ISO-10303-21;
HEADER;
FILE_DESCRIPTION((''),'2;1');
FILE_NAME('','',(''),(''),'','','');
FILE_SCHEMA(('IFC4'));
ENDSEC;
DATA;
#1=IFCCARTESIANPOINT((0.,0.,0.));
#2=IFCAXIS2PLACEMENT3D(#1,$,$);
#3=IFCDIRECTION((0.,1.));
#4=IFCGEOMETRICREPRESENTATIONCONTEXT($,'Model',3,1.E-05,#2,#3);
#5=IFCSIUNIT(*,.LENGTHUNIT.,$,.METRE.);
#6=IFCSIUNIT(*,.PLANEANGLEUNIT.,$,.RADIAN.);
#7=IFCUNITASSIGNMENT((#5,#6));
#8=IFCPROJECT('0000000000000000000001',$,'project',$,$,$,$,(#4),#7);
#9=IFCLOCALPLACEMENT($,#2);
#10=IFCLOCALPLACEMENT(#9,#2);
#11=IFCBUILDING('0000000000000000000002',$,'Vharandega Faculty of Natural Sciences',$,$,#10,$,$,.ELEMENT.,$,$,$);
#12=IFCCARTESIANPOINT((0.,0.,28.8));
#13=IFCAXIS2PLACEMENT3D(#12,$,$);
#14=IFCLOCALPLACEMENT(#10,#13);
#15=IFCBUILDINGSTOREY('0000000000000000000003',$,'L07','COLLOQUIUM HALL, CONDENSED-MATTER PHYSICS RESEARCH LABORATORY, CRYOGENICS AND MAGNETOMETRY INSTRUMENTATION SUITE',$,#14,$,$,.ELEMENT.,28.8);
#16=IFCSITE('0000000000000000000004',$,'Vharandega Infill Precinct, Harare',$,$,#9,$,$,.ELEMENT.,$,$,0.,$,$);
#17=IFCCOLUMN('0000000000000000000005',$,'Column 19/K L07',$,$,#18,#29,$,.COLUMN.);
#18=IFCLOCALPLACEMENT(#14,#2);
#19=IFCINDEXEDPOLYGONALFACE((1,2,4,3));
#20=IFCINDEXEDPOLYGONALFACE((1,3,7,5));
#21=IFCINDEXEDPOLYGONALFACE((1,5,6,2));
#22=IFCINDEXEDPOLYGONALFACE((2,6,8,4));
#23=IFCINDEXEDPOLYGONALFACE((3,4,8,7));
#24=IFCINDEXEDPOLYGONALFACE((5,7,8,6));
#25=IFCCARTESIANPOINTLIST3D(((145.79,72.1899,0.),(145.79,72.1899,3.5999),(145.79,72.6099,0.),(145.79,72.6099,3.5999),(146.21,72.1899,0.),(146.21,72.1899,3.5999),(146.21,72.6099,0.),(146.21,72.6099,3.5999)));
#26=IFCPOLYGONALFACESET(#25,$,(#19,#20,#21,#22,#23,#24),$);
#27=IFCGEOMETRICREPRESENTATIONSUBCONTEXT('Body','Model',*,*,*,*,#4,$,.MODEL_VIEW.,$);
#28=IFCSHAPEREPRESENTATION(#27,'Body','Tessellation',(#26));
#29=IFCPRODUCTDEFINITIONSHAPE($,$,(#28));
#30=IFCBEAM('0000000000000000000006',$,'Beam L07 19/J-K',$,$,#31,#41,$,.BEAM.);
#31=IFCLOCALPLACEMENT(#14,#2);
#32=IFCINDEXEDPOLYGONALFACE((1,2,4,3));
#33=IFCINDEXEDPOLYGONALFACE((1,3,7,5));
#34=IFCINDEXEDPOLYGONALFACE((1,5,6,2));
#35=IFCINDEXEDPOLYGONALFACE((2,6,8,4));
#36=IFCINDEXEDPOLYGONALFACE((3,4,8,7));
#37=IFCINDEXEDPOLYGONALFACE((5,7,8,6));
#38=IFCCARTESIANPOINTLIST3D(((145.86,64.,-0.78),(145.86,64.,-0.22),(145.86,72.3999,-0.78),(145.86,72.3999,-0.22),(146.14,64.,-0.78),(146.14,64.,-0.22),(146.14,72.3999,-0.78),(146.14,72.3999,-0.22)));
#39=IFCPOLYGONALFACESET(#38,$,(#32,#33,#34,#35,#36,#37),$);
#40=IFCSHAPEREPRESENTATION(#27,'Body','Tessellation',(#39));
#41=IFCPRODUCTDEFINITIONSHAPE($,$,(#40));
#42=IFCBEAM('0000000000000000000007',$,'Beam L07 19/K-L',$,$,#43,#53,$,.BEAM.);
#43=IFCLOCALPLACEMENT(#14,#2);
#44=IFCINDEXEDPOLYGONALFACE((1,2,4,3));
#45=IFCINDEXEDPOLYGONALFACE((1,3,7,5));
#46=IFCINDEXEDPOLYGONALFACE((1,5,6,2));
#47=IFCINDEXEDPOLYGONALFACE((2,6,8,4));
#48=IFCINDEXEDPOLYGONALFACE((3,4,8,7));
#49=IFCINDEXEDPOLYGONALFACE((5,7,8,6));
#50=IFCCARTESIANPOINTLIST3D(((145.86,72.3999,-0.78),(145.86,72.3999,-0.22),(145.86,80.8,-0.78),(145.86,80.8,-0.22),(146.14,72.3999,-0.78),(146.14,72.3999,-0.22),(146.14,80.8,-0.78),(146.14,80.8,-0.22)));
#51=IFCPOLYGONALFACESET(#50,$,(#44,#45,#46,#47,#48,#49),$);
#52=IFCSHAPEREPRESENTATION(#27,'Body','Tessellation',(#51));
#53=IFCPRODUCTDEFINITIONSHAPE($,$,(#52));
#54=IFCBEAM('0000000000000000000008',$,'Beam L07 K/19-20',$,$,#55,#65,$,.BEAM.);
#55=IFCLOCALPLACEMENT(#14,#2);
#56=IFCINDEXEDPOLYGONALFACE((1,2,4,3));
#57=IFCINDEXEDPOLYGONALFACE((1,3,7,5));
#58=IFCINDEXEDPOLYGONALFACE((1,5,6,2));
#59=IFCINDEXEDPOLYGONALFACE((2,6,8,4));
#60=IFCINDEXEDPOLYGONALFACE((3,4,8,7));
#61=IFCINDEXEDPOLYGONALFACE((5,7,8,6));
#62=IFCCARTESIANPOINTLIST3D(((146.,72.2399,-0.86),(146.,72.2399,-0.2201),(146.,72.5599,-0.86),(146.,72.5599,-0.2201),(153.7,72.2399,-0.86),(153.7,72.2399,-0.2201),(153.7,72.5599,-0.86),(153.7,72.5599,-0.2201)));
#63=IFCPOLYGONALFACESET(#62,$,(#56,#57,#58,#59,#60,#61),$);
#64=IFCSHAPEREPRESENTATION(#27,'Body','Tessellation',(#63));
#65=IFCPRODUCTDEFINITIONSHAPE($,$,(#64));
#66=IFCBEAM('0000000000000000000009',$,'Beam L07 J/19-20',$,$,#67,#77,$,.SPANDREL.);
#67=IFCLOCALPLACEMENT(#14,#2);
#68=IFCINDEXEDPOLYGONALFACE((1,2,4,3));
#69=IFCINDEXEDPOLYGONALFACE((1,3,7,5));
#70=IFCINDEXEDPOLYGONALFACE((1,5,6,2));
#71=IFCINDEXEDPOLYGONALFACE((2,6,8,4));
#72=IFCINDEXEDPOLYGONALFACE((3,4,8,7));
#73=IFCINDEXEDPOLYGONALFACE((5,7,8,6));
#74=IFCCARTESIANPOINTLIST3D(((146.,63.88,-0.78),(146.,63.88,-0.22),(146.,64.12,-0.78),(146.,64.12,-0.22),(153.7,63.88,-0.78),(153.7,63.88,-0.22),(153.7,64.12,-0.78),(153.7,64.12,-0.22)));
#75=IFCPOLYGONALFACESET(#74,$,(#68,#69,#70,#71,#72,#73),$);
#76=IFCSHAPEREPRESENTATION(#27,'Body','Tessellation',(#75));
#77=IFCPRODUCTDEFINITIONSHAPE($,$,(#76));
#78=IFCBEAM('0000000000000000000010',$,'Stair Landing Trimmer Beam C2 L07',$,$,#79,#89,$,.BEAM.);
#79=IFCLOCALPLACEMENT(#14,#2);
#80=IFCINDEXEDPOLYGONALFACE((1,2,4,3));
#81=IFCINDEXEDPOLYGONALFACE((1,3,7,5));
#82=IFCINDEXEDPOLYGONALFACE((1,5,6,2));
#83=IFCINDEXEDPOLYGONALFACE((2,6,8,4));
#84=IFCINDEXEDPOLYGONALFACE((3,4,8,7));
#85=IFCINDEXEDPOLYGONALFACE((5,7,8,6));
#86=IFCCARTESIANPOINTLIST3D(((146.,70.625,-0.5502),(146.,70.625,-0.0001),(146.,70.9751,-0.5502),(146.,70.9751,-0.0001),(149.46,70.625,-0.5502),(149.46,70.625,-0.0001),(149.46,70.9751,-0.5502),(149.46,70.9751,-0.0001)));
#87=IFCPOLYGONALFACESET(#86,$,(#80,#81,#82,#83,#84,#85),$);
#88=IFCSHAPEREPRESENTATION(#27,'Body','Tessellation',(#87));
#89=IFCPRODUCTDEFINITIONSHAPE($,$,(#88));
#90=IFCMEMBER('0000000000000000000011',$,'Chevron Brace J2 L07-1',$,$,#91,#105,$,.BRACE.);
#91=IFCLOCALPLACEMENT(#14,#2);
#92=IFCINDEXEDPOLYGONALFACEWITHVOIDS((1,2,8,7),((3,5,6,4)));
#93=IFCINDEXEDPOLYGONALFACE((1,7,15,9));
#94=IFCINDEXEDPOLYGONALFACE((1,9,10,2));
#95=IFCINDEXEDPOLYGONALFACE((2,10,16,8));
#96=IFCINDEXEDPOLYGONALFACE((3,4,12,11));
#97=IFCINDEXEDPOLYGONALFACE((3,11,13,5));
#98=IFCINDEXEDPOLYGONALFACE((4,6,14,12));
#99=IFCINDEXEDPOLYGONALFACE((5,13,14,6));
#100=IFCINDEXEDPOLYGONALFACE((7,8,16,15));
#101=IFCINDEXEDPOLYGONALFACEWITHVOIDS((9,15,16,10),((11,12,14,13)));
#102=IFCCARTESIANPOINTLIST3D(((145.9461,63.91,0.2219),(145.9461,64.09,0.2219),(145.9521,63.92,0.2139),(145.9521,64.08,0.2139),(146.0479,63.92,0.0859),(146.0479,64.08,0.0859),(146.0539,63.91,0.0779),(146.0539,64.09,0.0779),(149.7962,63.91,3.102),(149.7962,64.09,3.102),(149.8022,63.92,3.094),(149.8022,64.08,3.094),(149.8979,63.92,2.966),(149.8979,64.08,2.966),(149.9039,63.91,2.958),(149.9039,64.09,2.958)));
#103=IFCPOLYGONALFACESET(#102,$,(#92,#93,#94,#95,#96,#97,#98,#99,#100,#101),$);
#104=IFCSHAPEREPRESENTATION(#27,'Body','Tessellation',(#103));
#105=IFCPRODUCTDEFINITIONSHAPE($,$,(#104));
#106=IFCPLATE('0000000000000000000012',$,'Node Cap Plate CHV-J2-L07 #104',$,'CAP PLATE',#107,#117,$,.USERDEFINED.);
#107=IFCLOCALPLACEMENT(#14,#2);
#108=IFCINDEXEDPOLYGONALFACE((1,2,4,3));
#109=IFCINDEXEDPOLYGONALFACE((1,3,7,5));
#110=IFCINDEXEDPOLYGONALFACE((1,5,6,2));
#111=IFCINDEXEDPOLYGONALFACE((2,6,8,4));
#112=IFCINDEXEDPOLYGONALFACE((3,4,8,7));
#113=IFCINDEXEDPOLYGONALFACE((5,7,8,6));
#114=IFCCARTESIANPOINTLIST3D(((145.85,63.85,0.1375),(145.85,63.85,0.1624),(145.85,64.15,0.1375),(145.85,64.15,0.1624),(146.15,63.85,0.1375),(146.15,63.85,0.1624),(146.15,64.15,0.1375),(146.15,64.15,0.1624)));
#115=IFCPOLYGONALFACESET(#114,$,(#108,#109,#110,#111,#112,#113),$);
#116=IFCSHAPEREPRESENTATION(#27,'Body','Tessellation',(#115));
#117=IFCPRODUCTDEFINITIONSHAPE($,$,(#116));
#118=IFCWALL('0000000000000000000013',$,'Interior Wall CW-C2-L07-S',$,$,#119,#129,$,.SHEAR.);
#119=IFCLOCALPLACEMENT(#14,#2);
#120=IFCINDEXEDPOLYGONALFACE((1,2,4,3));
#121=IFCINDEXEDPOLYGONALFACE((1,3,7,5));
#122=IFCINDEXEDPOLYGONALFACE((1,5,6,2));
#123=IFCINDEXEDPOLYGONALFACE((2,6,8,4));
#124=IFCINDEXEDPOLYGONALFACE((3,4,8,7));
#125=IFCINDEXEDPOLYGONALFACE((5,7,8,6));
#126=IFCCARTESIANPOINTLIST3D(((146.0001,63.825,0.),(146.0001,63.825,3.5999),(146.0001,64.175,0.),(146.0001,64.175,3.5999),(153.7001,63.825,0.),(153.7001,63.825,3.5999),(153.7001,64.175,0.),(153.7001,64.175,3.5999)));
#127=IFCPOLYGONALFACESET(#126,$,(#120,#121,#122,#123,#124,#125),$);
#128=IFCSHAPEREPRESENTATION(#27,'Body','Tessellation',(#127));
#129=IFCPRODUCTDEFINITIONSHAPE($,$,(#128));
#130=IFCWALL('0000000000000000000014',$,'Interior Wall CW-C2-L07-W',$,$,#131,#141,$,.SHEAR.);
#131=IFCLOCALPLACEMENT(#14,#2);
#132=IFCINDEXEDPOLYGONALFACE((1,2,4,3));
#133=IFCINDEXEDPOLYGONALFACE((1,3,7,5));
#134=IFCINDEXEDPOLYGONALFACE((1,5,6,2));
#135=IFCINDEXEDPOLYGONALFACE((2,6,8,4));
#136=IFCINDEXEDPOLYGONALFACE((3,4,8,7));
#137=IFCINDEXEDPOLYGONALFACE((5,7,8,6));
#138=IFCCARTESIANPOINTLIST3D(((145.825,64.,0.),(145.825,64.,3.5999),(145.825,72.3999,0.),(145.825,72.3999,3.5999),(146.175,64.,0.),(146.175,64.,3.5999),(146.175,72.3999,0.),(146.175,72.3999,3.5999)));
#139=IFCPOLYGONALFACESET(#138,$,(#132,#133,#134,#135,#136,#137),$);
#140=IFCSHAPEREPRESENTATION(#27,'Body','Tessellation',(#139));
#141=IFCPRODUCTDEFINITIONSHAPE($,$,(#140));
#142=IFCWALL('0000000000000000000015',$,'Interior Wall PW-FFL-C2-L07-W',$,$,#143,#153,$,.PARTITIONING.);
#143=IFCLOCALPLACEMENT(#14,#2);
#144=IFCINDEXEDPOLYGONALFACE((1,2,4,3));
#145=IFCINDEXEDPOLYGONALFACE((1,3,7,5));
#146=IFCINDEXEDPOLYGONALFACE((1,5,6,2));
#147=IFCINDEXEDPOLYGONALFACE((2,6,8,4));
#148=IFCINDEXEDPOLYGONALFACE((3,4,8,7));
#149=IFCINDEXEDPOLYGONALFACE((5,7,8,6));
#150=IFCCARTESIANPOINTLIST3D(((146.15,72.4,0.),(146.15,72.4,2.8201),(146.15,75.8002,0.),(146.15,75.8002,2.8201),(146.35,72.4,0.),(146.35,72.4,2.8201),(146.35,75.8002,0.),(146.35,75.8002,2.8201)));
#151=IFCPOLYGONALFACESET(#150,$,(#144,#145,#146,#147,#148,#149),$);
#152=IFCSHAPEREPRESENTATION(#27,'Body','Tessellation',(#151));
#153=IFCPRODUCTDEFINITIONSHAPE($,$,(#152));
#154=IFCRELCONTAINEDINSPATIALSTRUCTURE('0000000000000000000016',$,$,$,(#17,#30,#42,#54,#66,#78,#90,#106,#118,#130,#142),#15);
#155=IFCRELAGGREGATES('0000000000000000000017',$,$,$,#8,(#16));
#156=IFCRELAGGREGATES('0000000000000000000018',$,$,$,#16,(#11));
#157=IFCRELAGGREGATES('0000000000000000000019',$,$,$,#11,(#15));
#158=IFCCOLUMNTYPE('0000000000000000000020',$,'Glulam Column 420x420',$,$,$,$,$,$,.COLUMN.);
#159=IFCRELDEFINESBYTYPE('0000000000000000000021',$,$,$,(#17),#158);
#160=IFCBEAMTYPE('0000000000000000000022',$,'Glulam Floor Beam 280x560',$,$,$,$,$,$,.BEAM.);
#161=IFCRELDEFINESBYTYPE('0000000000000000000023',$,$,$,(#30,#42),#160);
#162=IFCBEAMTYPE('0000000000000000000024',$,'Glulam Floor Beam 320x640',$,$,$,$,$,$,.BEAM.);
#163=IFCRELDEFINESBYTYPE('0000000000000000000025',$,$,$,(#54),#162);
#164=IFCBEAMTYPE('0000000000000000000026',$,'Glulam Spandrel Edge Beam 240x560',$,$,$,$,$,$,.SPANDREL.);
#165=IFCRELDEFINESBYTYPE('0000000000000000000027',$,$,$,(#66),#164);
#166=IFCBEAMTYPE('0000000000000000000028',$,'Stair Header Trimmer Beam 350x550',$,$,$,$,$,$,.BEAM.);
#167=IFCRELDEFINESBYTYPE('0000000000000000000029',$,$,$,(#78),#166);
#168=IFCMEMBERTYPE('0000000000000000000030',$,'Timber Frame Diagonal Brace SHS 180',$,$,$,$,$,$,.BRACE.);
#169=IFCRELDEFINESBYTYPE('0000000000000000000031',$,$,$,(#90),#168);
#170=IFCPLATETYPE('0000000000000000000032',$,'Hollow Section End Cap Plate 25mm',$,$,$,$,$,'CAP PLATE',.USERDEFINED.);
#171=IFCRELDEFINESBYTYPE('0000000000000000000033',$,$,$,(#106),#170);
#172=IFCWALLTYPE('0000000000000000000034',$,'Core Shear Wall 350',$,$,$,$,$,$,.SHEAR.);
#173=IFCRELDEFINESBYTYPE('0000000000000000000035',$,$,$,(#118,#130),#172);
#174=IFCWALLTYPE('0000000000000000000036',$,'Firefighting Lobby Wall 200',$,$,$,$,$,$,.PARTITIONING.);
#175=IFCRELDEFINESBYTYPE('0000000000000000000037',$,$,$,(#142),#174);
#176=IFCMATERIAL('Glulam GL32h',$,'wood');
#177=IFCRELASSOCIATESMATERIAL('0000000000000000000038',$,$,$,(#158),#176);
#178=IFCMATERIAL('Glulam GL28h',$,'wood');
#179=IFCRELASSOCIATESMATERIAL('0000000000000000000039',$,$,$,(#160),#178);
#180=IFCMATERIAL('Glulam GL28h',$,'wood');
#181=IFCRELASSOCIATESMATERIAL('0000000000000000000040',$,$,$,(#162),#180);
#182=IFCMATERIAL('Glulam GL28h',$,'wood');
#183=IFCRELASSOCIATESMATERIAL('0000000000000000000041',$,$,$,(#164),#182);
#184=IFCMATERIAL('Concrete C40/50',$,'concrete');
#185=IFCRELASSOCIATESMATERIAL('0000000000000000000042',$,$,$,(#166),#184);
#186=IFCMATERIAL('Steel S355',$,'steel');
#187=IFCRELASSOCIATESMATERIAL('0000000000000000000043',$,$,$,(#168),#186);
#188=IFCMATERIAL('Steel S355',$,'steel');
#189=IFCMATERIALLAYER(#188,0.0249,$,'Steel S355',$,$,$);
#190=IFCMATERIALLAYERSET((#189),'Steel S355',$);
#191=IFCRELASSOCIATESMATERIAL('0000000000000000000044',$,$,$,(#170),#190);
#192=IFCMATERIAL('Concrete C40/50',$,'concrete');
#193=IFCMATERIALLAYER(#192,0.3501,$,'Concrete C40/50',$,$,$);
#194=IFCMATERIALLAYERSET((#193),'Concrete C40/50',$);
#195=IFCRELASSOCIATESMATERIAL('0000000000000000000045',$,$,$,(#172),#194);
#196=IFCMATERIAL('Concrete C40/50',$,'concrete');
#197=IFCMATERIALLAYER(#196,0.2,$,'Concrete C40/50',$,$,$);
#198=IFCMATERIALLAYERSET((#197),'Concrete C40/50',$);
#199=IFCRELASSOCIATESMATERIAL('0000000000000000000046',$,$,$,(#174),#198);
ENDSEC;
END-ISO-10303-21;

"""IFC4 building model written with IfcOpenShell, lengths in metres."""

from ifc_helpers import new_model, si_unit, direction, frame, frame_2d, origin, origin_2d, place, context, subcontext, project, spatial, rectangle, hollow_rectangle, extrude, material, layer, layer_set, material_profile, profile_set, type_object, element, save


model = new_model("IFC4")

# Units and contexts
model_context = context("Model", 3, precision=1e-05, world=origin(), true_north=direction((0.0, 1.0)))
body_context = subcontext(model_context, "Body", "Model", "MODEL_VIEW")
ifc_project = project(units=[si_unit("LENGTHUNIT", "METRE"), si_unit("PLANEANGLEUNIT", "RADIAN")], contexts=[model_context])

# Site, building, storey
site_placement = place(None, origin())
site = spatial("IfcSite", under=ifc_project, at=site_placement, Name="Vharandega Infill Precinct, Harare", CompositionType="ELEMENT", RefElevation=0.0)
building_placement = place(site_placement, origin())
building = spatial("IfcBuilding", under=site, at=building_placement, Name="Vharandega Faculty of Natural Sciences", CompositionType="ELEMENT")
storey_placement = place(building_placement, frame((0.0, 0.0, 28.8)))
storey = spatial("IfcBuildingStorey", under=building, at=storey_placement, Name="L07", Description="COLLOQUIUM HALL, CONDENSED-MATTER PHYSICS RESEARCH LABORATORY, CRYOGENICS AND MAGNETOMETRY INSTRUMENTATION SUITE", CompositionType="ELEMENT", Elevation=28.8)

# Column
ifc_material_1 = material(Name="Glulam GL32h", Category="wood")
ifc_material_profile_1 = material_profile(ifc_material_1, rectangle(XDim=0.4199, YDim=0.4199, at=origin_2d()), Name="GL32h 420x420")
ifc_profile_set_1 = profile_set([ifc_material_profile_1], Name="Glulam GL32h")
column_type = type_object("IfcColumnType", Name="Glulam Column 420x420", PredefinedType="COLUMN", material=ifc_profile_set_1)
column_placement = place(storey_placement, frame((146.0, 72.3999, 0.0), z_axis=(0.0, 0.0, 1.0), x_axis=(1.0, 0.0, 0.0)))
element("IfcColumn", 1, at=column_placement, inside=storey, type_object=column_type, Name="Column 19/K L07", PredefinedType="COLUMN", context=body_context, shape_type="SweptSolid", body=[
    extrude(rectangle(XDim=0.4199, YDim=0.4199, at=origin_2d()), origin(), (0.0, 0.0, 1.0), 3.5999),
])

# Beams
ifc_material_2 = material(Name="Glulam GL28h", Category="wood")
ifc_material_profile_2 = material_profile(ifc_material_2, rectangle(XDim=0.28, YDim=0.5601, at=origin_2d()), Name="GL28h 280x560")
ifc_profile_set_2 = profile_set([ifc_material_profile_2], Name="Glulam GL28h")
beam_type_1 = type_object("IfcBeamType", Name="Glulam Floor Beam 280x560", PredefinedType="BEAM", material=ifc_profile_set_2)
beam_1_placement = place(storey_placement, frame((146.0, 64.0, -0.5), z_axis=(0.0, 1.0, 0.0), x_axis=(-1.0, 0.0, 0.0)))
element("IfcBeam", 2, at=beam_1_placement, inside=storey, type_object=beam_type_1, Name="Beam L07 19/J-K", PredefinedType="BEAM", context=body_context, shape_type="SweptSolid", body=[
    extrude(rectangle(XDim=0.28, YDim=0.5601, at=origin_2d()), origin(), (0.0, 0.0, 1.0), 8.3999),
])
beam_2_placement = place(storey_placement, frame((146.0, 72.3999, -0.5), z_axis=(0.0, 1.0, 0.0), x_axis=(-1.0, 0.0, 0.0)))
element("IfcBeam", 3, at=beam_2_placement, inside=storey, type_object=beam_type_1, Name="Beam L07 19/K-L", PredefinedType="BEAM", context=body_context, shape_type="SweptSolid", body=[
    extrude(rectangle(XDim=0.28, YDim=0.5601, at=origin_2d()), origin(), (0.0, 0.0, 1.0), 8.4001),
])
ifc_material_3 = material(Name="Glulam GL28h", Category="wood")
ifc_material_profile_3 = material_profile(ifc_material_3, rectangle(XDim=0.3201, YDim=0.6399, at=origin_2d()), Name="GL28h 320x640")
ifc_profile_set_3 = profile_set([ifc_material_profile_3], Name="Glulam GL28h")
beam_type_2 = type_object("IfcBeamType", Name="Glulam Floor Beam 320x640", PredefinedType="BEAM", material=ifc_profile_set_3)
beam_3_placement = place(storey_placement, frame((146.0, 72.3999, -0.54), z_axis=(1.0, 0.0, 0.0), x_axis=(0.0, 1.0, 0.0)))
element("IfcBeam", 4, at=beam_3_placement, inside=storey, type_object=beam_type_2, Name="Beam L07 K/19-20", PredefinedType="BEAM", context=body_context, shape_type="SweptSolid", body=[
    extrude(rectangle(XDim=0.3201, YDim=0.6399, at=origin_2d()), origin(), (0.0, 0.0, 1.0), 7.7),
])
ifc_material_4 = material(Name="Glulam GL28h", Category="wood")
ifc_material_profile_4 = material_profile(ifc_material_4, rectangle(XDim=0.24, YDim=0.5601, at=origin_2d()), Name="GL28h 240x560")
ifc_profile_set_4 = profile_set([ifc_material_profile_4], Name="Glulam GL28h")
beam_type_3 = type_object("IfcBeamType", Name="Glulam Spandrel Edge Beam 240x560", PredefinedType="SPANDREL", material=ifc_profile_set_4)
beam_4_placement = place(storey_placement, frame((146.0, 64.0, -0.5), z_axis=(1.0, 0.0, 0.0), x_axis=(0.0, 1.0, 0.0)))
element("IfcBeam", 5, at=beam_4_placement, inside=storey, type_object=beam_type_3, Name="Beam L07 J/19-20", PredefinedType="SPANDREL", context=body_context, shape_type="SweptSolid", body=[
    extrude(rectangle(XDim=0.24, YDim=0.5601, at=origin_2d()), origin(), (0.0, 0.0, 1.0), 7.7),
])
ifc_material_5 = material(Name="Concrete C40/50", Category="concrete")
ifc_material_profile_5 = material_profile(ifc_material_5, rectangle(XDim=0.3501, YDim=0.55, at=origin_2d()), Name="RC 350x550")
ifc_profile_set_5 = profile_set([ifc_material_profile_5], Name="Concrete C40/50")
beam_type_4 = type_object("IfcBeamType", Name="Stair Header Trimmer Beam 350x550", PredefinedType="BEAM", material=ifc_profile_set_5)
beam_5_placement = place(storey_placement, frame((146.0, 70.8, -0.2751), z_axis=(1.0, 0.0, 0.0), x_axis=(0.0, 1.0, 0.0)))
element("IfcBeam", 6, at=beam_5_placement, inside=storey, type_object=beam_type_4, Name="Stair Landing Trimmer Beam C2 L07", PredefinedType="BEAM", context=body_context, shape_type="SweptSolid", body=[
    extrude(rectangle(XDim=0.3501, YDim=0.55, at=origin_2d()), origin(), (0.0, 0.0, 1.0), 3.46),
])

# Member
ifc_material_6 = material(Name="Steel S355", Category="steel")
ifc_material_profile_6 = material_profile(ifc_material_6, hollow_rectangle(XDim=0.1799, YDim=0.1799, WallThickness=0.01, at=origin_2d()), Name="SHS 180x180x10")
ifc_profile_set_6 = profile_set([ifc_material_profile_6], Name="Steel S355")
member_type = type_object("IfcMemberType", Name="Timber Frame Diagonal Brace SHS 180", PredefinedType="BRACE", material=ifc_profile_set_6)
member_placement = place(storey_placement, frame((146.0, 64.0, 0.1499), z_axis=(0.800743, 0.0, 0.599008), x_axis=(0.0, 1.0, 0.0)))
element("IfcMember", 7, at=member_placement, inside=storey, type_object=member_type, Name="Chevron Brace J2 L07-1", PredefinedType="BRACE", context=body_context, shape_type="SweptSolid", body=[
    extrude(hollow_rectangle(XDim=0.1799, YDim=0.1799, WallThickness=0.01, at=origin_2d()), origin(), (0.0, 0.0, 1.0), 4.8081),
])

# Plate
ifc_material_7 = material(Name="Steel S355", Category="steel")
ifc_layer_1 = layer(ifc_material_7, 0.0249, Name="Steel S355")
ifc_layer_set_1 = layer_set([ifc_layer_1], Name="Steel S355")
plate_type = type_object("IfcPlateType", Name="Hollow Section End Cap Plate 25mm", ElementType="CAP PLATE", PredefinedType="USERDEFINED", material=ifc_layer_set_1)
plate_placement = place(storey_placement, frame((146.0, 64.0, 0.1375), z_axis=(0.0, 0.0, 1.0), x_axis=(1.0, 0.0, 0.0)))
element("IfcPlate", 8, at=plate_placement, inside=storey, type_object=plate_type, Name="Node Cap Plate CHV-J2-L07 #104", ObjectType="CAP PLATE", PredefinedType="USERDEFINED", context=body_context, shape_type="SweptSolid", body=[
    extrude(rectangle(XDim=0.3, YDim=0.3, at=origin_2d()), origin(), (0.0, 0.0, 1.0), 0.0249),
])

# Walls
ifc_material_8 = material(Name="Concrete C40/50", Category="concrete")
ifc_layer_2 = layer(ifc_material_8, 0.3501, Name="Concrete C40/50")
ifc_layer_set_2 = layer_set([ifc_layer_2], Name="Concrete C40/50")
wall_type_1 = type_object("IfcWallType", Name="Core Shear Wall 350", PredefinedType="SHEAR", material=ifc_layer_set_2)
wall_1_placement = place(storey_placement, frame((146.0, 64.0, 0.0), z_axis=(0.0, 0.0, 1.0), x_axis=(1.0, 0.0, 0.0)))
element("IfcWall", 9, at=wall_1_placement, inside=storey, type_object=wall_type_1, Name="Interior Wall CW-C2-L07-S", PredefinedType="SHEAR", context=body_context, shape_type="SweptSolid", body=[
    extrude(rectangle(XDim=7.7, YDim=0.3501, at=frame_2d((3.8501, 0.0))), origin(), (0.0, 0.0, 1.0), 3.5999),
])
wall_2_placement = place(storey_placement, frame((146.0, 64.0, 0.0), z_axis=(0.0, 0.0, 1.0), x_axis=(0.0, 1.0, 0.0)))
element("IfcWall", 10, at=wall_2_placement, inside=storey, type_object=wall_type_1, Name="Interior Wall CW-C2-L07-W", PredefinedType="SHEAR", context=body_context, shape_type="SweptSolid", body=[
    extrude(rectangle(XDim=8.3999, YDim=0.3501, at=frame_2d((4.2, 0.0))), origin(), (0.0, 0.0, 1.0), 3.5999),
])

# Wall
ifc_material_9 = material(Name="Concrete C40/50", Category="concrete")
ifc_layer_3 = layer(ifc_material_9, 0.2, Name="Concrete C40/50")
ifc_layer_set_3 = layer_set([ifc_layer_3], Name="Concrete C40/50")
wall_type_2 = type_object("IfcWallType", Name="Firefighting Lobby Wall 200", PredefinedType="PARTITIONING", material=ifc_layer_set_3)
wall_3_placement = place(storey_placement, frame((146.25, 72.3999, 0.0), z_axis=(0.0, 0.0, 1.0), x_axis=(0.0, 1.0, 0.0)))
element("IfcWall", 11, at=wall_3_placement, inside=storey, type_object=wall_type_2, Name="Interior Wall PW-FFL-C2-L07-W", PredefinedType="PARTITIONING", context=body_context, shape_type="SweptSolid", body=[
    extrude(rectangle(XDim=3.4001, YDim=0.2, at=frame_2d((1.7002, 0.0))), origin(), (0.0, 0.0, 1.0), 2.8201),
])

save(model, "model.ifc")
